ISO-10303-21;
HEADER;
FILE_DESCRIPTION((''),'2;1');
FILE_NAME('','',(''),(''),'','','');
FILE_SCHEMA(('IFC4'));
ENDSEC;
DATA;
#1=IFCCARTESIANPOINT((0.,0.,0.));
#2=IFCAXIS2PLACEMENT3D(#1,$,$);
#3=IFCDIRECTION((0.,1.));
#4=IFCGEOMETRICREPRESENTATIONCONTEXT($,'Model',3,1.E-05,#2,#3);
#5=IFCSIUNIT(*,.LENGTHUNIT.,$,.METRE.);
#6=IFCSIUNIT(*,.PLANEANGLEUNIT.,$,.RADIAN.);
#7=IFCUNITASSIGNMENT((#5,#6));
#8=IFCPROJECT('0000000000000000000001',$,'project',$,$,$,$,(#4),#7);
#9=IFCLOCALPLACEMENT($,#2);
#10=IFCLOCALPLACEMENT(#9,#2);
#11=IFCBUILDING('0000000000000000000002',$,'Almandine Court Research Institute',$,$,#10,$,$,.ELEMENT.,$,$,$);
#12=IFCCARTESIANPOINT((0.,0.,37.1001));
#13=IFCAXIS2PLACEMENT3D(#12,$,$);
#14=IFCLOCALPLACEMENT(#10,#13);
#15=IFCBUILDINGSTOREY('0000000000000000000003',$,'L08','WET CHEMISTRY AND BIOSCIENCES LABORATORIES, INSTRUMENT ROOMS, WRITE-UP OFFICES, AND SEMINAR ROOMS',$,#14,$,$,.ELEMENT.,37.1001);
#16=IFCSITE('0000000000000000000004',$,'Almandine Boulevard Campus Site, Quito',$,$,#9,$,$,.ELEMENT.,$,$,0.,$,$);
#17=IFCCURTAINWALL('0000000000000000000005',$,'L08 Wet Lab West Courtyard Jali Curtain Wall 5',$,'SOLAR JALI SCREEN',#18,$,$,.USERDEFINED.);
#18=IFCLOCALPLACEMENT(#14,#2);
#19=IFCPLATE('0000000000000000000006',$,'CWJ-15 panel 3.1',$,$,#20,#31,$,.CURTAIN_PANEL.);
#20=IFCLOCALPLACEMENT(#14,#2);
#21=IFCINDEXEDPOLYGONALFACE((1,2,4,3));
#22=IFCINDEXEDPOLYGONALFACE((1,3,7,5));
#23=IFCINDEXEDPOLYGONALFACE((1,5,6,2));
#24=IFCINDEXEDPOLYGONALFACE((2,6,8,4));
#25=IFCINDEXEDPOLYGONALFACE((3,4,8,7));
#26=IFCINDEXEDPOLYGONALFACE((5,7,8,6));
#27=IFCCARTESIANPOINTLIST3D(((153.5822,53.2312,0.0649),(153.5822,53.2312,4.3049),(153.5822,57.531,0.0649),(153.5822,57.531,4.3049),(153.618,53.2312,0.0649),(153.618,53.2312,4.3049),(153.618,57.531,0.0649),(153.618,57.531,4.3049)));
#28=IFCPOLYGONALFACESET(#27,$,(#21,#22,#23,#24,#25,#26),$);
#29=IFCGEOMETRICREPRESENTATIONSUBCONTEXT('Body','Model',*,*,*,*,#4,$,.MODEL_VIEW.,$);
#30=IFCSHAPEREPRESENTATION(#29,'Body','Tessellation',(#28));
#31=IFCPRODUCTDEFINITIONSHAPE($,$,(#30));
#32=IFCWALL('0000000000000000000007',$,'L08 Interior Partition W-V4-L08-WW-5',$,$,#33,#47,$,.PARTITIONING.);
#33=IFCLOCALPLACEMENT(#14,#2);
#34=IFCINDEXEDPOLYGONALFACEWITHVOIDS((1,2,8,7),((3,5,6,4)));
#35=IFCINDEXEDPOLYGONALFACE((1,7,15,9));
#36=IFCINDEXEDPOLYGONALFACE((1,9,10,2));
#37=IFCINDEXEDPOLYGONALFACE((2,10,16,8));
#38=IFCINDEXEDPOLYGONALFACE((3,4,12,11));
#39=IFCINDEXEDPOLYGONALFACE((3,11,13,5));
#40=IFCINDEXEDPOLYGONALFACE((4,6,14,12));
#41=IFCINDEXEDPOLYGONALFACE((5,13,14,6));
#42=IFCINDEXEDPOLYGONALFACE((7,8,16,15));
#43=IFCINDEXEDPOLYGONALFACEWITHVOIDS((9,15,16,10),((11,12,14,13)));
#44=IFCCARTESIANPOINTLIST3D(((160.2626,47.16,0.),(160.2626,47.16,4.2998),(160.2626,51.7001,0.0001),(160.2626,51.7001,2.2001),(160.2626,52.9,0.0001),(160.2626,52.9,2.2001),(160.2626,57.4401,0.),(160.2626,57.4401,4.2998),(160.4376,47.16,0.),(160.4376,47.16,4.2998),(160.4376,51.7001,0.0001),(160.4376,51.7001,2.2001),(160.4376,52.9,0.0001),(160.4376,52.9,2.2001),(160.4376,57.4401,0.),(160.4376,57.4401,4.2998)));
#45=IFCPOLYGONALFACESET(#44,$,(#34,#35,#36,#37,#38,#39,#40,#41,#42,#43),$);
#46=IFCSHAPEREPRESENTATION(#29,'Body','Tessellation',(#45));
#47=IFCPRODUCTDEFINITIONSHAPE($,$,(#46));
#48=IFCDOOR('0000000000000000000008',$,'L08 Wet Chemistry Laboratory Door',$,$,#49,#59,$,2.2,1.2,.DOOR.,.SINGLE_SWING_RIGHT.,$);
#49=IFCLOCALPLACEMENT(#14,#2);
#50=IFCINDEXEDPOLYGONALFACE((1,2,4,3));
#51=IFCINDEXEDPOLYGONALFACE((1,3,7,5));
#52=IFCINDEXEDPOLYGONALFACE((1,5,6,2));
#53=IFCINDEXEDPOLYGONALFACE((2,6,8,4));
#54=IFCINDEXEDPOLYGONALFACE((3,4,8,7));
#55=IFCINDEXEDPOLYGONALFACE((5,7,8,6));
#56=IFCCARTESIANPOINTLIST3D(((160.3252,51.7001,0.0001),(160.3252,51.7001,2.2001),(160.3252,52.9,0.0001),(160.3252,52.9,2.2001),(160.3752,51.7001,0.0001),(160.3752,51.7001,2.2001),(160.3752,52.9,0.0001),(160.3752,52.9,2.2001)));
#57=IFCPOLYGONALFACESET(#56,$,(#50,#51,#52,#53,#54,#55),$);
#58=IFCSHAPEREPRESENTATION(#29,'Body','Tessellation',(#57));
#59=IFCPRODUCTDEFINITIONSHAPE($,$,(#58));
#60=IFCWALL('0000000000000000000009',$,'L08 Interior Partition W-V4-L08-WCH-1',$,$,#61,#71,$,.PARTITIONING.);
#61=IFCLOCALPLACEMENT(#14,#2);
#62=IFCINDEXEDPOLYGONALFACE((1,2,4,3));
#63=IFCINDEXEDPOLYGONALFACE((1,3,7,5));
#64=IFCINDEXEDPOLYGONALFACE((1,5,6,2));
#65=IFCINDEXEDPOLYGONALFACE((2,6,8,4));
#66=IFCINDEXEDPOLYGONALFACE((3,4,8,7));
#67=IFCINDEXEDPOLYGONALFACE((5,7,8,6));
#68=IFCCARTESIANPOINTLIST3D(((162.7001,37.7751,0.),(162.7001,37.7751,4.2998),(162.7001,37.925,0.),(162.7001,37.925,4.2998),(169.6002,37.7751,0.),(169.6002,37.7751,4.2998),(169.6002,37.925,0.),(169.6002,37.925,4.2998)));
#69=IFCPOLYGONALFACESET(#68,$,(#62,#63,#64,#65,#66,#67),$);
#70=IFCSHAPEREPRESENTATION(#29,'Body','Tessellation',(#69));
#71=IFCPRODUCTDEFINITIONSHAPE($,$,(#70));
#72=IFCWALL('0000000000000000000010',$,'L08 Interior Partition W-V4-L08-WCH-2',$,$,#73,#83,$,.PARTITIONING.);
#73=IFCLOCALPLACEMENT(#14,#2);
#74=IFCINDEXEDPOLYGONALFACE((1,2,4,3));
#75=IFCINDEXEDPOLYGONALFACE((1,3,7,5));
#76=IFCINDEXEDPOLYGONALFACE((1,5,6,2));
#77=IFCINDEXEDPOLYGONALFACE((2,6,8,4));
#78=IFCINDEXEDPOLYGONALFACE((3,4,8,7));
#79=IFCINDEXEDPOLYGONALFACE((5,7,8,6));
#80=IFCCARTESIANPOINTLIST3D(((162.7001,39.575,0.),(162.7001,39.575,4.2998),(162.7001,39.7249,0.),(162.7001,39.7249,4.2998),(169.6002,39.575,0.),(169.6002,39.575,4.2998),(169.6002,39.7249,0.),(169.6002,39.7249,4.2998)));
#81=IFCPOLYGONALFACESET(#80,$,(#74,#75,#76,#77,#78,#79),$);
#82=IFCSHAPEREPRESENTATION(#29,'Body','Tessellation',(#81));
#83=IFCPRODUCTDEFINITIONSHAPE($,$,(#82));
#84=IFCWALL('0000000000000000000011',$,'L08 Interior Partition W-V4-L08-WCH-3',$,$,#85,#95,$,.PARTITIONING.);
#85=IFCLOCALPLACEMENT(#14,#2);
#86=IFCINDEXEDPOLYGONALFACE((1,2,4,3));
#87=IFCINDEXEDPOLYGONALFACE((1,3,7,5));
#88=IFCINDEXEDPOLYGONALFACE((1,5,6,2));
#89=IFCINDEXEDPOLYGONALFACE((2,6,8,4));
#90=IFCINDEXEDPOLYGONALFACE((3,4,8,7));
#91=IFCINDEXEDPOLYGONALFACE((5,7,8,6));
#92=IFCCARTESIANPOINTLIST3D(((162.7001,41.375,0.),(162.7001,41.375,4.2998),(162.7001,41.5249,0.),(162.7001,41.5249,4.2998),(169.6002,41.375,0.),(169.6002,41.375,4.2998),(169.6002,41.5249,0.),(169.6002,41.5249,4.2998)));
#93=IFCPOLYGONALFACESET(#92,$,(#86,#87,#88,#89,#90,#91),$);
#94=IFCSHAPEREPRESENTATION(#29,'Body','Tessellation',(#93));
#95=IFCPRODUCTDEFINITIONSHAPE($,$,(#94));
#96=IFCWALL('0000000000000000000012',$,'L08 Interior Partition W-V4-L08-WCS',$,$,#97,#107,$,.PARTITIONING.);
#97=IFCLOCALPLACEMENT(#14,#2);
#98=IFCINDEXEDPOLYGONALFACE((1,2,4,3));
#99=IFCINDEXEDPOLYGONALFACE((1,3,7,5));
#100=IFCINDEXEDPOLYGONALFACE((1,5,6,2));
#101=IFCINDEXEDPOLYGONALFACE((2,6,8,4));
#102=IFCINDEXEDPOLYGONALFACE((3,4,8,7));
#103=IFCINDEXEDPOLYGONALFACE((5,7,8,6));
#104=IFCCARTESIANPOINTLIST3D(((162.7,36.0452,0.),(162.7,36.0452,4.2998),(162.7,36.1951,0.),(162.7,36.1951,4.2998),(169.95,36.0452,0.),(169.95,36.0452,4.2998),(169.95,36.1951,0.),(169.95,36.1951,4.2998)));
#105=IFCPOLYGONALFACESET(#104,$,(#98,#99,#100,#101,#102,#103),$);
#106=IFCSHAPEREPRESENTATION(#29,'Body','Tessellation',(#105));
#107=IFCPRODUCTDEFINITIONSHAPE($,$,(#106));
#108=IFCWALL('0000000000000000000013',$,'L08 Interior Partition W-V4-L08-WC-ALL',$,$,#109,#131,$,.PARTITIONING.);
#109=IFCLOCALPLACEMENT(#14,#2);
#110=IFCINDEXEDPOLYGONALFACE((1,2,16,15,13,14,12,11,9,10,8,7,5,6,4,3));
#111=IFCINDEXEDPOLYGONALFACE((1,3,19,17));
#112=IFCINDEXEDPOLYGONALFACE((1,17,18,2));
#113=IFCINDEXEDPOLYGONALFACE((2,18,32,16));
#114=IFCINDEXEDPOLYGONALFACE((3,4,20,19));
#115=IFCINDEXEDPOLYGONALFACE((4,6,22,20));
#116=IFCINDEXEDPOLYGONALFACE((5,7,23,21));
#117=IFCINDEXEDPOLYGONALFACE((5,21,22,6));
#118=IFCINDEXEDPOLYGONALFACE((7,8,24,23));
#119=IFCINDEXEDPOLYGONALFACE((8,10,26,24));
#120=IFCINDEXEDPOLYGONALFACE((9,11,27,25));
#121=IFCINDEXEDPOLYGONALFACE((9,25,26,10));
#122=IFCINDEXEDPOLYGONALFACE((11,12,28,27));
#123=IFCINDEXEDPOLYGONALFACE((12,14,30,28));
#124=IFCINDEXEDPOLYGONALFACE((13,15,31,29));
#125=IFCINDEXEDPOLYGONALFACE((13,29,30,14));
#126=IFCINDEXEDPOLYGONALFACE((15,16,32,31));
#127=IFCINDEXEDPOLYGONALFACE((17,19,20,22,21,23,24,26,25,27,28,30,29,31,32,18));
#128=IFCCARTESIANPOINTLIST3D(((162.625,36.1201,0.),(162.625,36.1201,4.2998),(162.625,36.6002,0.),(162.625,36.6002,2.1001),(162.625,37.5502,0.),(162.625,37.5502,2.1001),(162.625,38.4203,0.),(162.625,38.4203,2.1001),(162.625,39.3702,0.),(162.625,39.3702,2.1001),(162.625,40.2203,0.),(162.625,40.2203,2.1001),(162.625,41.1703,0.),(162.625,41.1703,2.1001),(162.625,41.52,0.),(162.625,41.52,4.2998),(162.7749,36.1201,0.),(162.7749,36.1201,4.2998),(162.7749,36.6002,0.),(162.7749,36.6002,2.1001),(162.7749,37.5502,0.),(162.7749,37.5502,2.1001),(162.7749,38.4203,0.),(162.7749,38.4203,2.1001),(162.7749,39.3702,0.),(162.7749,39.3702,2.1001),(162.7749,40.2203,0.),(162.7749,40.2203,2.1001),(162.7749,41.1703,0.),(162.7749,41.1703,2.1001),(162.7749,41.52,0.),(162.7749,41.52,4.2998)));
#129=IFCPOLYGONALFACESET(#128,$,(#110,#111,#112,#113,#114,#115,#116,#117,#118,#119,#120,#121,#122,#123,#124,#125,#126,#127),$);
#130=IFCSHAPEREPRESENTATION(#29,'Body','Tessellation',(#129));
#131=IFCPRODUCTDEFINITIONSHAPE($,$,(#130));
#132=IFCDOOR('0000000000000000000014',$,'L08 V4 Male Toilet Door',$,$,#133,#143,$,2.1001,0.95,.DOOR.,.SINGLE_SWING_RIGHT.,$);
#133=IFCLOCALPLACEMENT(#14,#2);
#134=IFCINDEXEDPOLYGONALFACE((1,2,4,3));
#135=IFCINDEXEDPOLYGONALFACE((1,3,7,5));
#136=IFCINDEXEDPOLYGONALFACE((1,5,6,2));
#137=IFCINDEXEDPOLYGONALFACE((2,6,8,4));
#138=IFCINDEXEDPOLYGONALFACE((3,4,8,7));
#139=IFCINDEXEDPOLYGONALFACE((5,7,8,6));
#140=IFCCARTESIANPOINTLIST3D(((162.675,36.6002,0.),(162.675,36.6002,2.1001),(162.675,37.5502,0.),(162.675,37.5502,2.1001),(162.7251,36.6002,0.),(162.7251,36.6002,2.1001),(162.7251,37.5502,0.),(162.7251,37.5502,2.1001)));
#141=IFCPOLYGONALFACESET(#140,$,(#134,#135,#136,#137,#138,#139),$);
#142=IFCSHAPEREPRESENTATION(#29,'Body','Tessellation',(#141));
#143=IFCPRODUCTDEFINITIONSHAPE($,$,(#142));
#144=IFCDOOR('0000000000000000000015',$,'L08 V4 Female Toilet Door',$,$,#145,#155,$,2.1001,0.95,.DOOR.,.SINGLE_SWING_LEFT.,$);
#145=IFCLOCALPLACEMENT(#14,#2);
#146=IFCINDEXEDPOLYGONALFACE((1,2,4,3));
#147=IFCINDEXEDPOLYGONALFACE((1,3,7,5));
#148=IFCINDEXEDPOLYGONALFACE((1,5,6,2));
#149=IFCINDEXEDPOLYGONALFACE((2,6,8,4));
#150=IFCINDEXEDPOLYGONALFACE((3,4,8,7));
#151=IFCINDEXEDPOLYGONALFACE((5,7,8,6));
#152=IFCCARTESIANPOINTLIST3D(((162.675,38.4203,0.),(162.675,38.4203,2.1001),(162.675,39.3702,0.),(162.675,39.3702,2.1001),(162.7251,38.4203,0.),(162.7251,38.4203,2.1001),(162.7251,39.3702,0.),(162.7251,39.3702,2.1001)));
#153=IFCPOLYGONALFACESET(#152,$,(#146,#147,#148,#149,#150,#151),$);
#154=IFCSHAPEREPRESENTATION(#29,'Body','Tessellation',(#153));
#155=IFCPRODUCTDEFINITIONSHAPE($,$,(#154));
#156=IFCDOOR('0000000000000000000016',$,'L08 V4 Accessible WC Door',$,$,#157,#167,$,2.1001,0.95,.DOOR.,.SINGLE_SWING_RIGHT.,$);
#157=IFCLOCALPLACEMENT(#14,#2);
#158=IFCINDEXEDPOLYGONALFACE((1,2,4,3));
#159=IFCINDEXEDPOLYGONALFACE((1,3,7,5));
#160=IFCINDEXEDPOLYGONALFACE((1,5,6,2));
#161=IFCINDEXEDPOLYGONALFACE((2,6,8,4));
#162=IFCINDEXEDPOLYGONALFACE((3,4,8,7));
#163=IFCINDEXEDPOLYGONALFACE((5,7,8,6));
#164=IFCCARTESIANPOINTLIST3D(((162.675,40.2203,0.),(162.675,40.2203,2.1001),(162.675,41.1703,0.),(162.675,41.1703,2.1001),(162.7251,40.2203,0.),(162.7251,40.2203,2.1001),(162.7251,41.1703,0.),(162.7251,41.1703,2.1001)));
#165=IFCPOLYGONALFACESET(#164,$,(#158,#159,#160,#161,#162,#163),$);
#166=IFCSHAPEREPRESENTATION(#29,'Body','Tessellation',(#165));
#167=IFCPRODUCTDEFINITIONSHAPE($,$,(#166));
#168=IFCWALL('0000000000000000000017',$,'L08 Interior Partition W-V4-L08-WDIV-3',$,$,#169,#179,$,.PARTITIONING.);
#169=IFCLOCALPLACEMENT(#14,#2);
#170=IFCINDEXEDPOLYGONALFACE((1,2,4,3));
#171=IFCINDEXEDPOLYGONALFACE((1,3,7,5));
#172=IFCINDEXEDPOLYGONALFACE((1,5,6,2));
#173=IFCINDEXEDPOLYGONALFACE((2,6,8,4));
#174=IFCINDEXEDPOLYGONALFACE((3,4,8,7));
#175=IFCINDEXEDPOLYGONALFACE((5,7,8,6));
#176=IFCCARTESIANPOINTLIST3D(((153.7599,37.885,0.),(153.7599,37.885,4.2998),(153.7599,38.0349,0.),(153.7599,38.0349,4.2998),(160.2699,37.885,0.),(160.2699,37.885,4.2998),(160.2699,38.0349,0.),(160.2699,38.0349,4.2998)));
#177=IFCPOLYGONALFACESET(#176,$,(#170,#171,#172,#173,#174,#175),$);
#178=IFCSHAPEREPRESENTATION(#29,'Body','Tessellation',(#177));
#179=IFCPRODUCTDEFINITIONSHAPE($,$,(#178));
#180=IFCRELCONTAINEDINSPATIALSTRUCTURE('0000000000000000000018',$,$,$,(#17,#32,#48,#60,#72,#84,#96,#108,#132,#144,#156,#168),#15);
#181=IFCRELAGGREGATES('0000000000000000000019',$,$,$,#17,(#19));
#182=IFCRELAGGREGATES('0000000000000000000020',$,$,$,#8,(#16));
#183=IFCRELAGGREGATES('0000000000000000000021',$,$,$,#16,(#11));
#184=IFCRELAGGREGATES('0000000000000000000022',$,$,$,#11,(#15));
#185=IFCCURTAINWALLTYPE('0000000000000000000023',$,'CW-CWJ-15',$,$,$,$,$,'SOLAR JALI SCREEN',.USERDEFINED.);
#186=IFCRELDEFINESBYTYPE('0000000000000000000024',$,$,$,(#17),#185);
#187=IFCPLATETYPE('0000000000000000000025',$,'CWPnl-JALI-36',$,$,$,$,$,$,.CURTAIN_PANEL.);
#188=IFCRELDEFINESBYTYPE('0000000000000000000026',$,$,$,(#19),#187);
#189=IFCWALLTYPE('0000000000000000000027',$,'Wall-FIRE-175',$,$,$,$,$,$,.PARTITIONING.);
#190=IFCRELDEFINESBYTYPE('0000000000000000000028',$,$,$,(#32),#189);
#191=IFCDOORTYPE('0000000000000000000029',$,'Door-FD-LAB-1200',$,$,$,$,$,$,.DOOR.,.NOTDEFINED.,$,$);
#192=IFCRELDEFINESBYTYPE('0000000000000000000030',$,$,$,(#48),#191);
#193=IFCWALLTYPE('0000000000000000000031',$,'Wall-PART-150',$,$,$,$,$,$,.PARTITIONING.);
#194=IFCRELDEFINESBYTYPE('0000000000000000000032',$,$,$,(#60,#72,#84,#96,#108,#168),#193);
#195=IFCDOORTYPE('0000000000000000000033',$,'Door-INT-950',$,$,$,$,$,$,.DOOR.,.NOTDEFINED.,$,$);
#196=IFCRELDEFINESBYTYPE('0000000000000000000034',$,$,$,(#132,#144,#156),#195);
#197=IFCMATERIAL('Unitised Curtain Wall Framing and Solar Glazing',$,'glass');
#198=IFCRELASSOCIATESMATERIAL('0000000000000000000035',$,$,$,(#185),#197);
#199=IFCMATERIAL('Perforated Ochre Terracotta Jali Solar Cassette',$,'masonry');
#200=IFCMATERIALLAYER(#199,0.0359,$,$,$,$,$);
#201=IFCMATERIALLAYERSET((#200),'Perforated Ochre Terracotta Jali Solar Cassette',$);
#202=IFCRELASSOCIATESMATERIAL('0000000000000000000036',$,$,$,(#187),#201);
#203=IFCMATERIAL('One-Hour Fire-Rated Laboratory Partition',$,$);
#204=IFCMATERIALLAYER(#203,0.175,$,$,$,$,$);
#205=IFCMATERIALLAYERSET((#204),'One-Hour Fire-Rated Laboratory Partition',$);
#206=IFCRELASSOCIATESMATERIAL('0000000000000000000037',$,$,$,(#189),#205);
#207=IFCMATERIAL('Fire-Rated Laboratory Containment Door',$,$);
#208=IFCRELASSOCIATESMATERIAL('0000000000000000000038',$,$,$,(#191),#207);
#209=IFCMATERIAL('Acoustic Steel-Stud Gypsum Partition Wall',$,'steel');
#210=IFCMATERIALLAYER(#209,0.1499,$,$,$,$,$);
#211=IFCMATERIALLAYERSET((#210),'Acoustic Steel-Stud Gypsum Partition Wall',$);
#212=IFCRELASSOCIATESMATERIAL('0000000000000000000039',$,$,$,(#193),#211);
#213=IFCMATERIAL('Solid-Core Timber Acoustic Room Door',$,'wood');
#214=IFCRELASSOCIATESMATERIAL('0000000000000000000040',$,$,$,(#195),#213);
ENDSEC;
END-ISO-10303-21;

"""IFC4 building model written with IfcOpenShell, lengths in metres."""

from ifc_helpers import new_model, si_unit, direction, frame, frame_2d, origin, origin_2d, place, context, subcontext, project, spatial, rectangle, extrude, material, layer, layer_set, type_object, element, fill, aggregate, save


model = new_model("IFC4")

# Units and contexts
model_context = context("Model", 3, precision=1e-05, world=origin(), true_north=direction((0.0, 1.0)))
body_context = subcontext(model_context, "Body", "Model", "MODEL_VIEW")
ifc_project = project(units=[si_unit("LENGTHUNIT", "METRE"), si_unit("PLANEANGLEUNIT", "RADIAN")], contexts=[model_context])

# Site, building, storey
site_placement = place(None, origin())
site = spatial("IfcSite", under=ifc_project, at=site_placement, Name="Almandine Boulevard Campus Site, Quito", CompositionType="ELEMENT", RefElevation=0.0)
building_placement = place(site_placement, origin())
building = spatial("IfcBuilding", under=site, at=building_placement, Name="Almandine Court Research Institute", CompositionType="ELEMENT")
storey_placement = place(building_placement, frame((0.0, 0.0, 37.1001)))
storey = spatial("IfcBuildingStorey", under=building, at=storey_placement, Name="L08", Description="WET CHEMISTRY AND BIOSCIENCES LABORATORIES, INSTRUMENT ROOMS, WRITE-UP OFFICES, AND SEMINAR ROOMS", CompositionType="ELEMENT", Elevation=37.1001)

# Curtain wall, plate
ifc_material_1 = material(Name="Unitised Curtain Wall Framing and Solar Glazing", Category="glass")
curtain_wall_type = type_object("IfcCurtainWallType", Name="CW-CWJ-15", ElementType="SOLAR JALI SCREEN", PredefinedType="USERDEFINED", material=ifc_material_1)
curtain_wall_placement = place(storey_placement, origin())
curtain_wall = element("IfcCurtainWall", 1, at=curtain_wall_placement, inside=storey, type_object=curtain_wall_type, Name="L08 Wet Lab West Courtyard Jali Curtain Wall 5", ObjectType="SOLAR JALI SCREEN", PredefinedType="USERDEFINED")
ifc_material_2 = material(Name="Perforated Ochre Terracotta Jali Solar Cassette", Category="masonry")
ifc_layer_1 = layer(ifc_material_2, 0.0359)
ifc_layer_set_1 = layer_set([ifc_layer_1], Name="Perforated Ochre Terracotta Jali Solar Cassette")
plate_type = type_object("IfcPlateType", Name="CWPnl-JALI-36", PredefinedType="CURTAIN_PANEL", material=ifc_layer_set_1)
plate_1_placement = place(storey_placement, frame((153.6001, 55.3811, 0.0649), z_axis=(0.0, 0.0, 1.0), x_axis=(0.0, 1.0, 0.0)))
plate_1 = element("IfcPlate", 2, at=plate_1_placement, type_object=plate_type, Name="CWJ-15 panel 3.1", PredefinedType="CURTAIN_PANEL", context=body_context, shape_type="SweptSolid", body=[
    extrude(rectangle(XDim=4.2998, YDim=0.0359, at=origin_2d()), origin(), (0.0, 0.0, 1.0), 4.24),
])
aggregate(curtain_wall, [plate_1])

# Wall, opening, door
ifc_material_3 = material(Name="One-Hour Fire-Rated Laboratory Partition")
ifc_layer_2 = layer(ifc_material_3, 0.175)
ifc_layer_set_2 = layer_set([ifc_layer_2], Name="One-Hour Fire-Rated Laboratory Partition")
wall_type_1 = type_object("IfcWallType", Name="Wall-FIRE-175", PredefinedType="PARTITIONING", material=ifc_layer_set_2)
wall_1_placement = place(storey_placement, frame((160.3501, 47.1599, 0.0), z_axis=(0.0, 0.0, 1.0), x_axis=(0.0, 1.0, 0.0)))
wall_1 = element("IfcWall", 3, at=wall_1_placement, inside=storey, type_object=wall_type_1, Name="L08 Interior Partition W-V4-L08-WW-5", PredefinedType="PARTITIONING", context=body_context, shape_type="SweptSolid", body=[
    extrude(rectangle(XDim=10.28, YDim=0.175, at=frame_2d((5.1401, 0.0))), origin(), (0.0, 0.0, 1.0), 4.2998),
])
opening_1_placement = place(wall_1_placement, frame((4.54, 0.0, 0.0)))
opening_1 = element("IfcOpeningElement", 4, at=opening_1_placement, cuts=wall_1, PredefinedType="OPENING", context=body_context, shape_type="SweptSolid", body=[
    extrude(rectangle(XDim=1.2, YDim=2.2, at=frame_2d((0.6001, 1.1001))), frame((0.0, 0.0974, 0.0), z_axis=(0.0, -1.0, 0.0), x_axis=(1.0, 0.0, 0.0)), (0.0, 0.0, 1.0), 0.1951),
])
ifc_material_4 = material(Name="Fire-Rated Laboratory Containment Door")
door_type_1 = type_object("IfcDoorType", Name="Door-FD-LAB-1200", OperationType="NOTDEFINED", PredefinedType="DOOR", material=ifc_material_4)
door_1_placement = place(opening_1_placement, origin())
door_1 = element("IfcDoor", 5, at=door_1_placement, inside=storey, type_object=door_type_1, Name="L08 Wet Chemistry Laboratory Door", OperationType="SINGLE_SWING_RIGHT", OverallHeight=2.2, OverallWidth=1.2, PredefinedType="DOOR", context=body_context, shape_type="SweptSolid", body=[
    extrude(rectangle(XDim=1.2, YDim=2.2, at=frame_2d((0.6001, 1.1001))), frame((0.0, 0.0249, 0.0), z_axis=(0.0, -1.0, 0.0), x_axis=(1.0, 0.0, 0.0)), (0.0, 0.0, 1.0), 0.05),
])
fill(opening_1, door_1)

# Walls
ifc_material_5 = material(Name="Acoustic Steel-Stud Gypsum Partition Wall", Category="steel")
ifc_layer_3 = layer(ifc_material_5, 0.1499)
ifc_layer_set_3 = layer_set([ifc_layer_3], Name="Acoustic Steel-Stud Gypsum Partition Wall")
wall_type_2 = type_object("IfcWallType", Name="Wall-PART-150", PredefinedType="PARTITIONING", material=ifc_layer_set_3)
for number, where, z_axis, x_axis, name in (
    (6, (162.7, 37.8501, 0.0), (0.0, 0.0, 1.0), (1.0, 0.0, 0.0), "L08 Interior Partition W-V4-L08-WCH-1"),
    (7, (162.7, 39.6499, 0.0), (0.0, 0.0, 1.0), (1.0, 0.0, 0.0), "L08 Interior Partition W-V4-L08-WCH-2"),
    (8, (162.7, 41.45, 0.0), (0.0, 0.0, 1.0), (1.0, 0.0, 0.0), "L08 Interior Partition W-V4-L08-WCH-3"),
):
    element("IfcWall", number, at=place(storey_placement, frame(where, z_axis=z_axis, x_axis=x_axis)), inside=storey, type_object=wall_type_2, Name=name, PredefinedType="PARTITIONING", context=body_context, shape_type="SweptSolid", body=[
        extrude(rectangle(XDim=6.9001, YDim=0.1499, at=frame_2d((3.4502, 0.0))), origin(), (0.0, 0.0, 1.0), 4.2998),
    ])
wall_2_placement = place(storey_placement, frame((162.7, 36.1201, 0.0), z_axis=(0.0, 0.0, 1.0), x_axis=(1.0, 0.0, 0.0)))
element("IfcWall", 9, at=wall_2_placement, inside=storey, type_object=wall_type_2, Name="L08 Interior Partition W-V4-L08-WCS", PredefinedType="PARTITIONING", context=body_context, shape_type="SweptSolid", body=[
    extrude(rectangle(XDim=7.25, YDim=0.1499, at=frame_2d((3.625, 0.0))), origin(), (0.0, 0.0, 1.0), 4.2998),
])

# Wall, openings, doors
wall_3_placement = place(storey_placement, frame((162.7, 36.1201, 0.0), z_axis=(0.0, 0.0, 1.0), x_axis=(0.0, 1.0, 0.0)))
wall_3 = element("IfcWall", 10, at=wall_3_placement, inside=storey, type_object=wall_type_2, Name="L08 Interior Partition W-V4-L08-WC-ALL", PredefinedType="PARTITIONING", context=body_context, shape_type="SweptSolid", body=[
    extrude(rectangle(XDim=5.3999, YDim=0.1499, at=frame_2d((2.7, 0.0))), origin(), (0.0, 0.0, 1.0), 4.2998),
])
opening_2_placement = place(wall_3_placement, frame((0.48, 0.0, 0.0)))
opening_2 = element("IfcOpeningElement", 11, at=opening_2_placement, cuts=wall_3, PredefinedType="OPENING", context=body_context, shape_type="SweptSolid", body=[
    extrude(rectangle(XDim=0.95, YDim=2.1001, at=frame_2d((0.4751, 1.05))), frame((0.0, 0.085, 0.0), z_axis=(0.0, -1.0, 0.0), x_axis=(1.0, 0.0, 0.0)), (0.0, 0.0, 1.0), 0.1699),
])
opening_3_placement = place(wall_3_placement, frame((2.3, 0.0, 0.0)))
opening_3 = element("IfcOpeningElement", 12, at=opening_3_placement, cuts=wall_3, PredefinedType="OPENING", context=body_context, shape_type="SweptSolid", body=[
    extrude(rectangle(XDim=0.95, YDim=2.1001, at=frame_2d((0.4751, 1.05))), frame((0.0, 0.085, 0.0), z_axis=(0.0, -1.0, 0.0), x_axis=(1.0, 0.0, 0.0)), (0.0, 0.0, 1.0), 0.1699),
])
opening_4_placement = place(wall_3_placement, frame((4.1001, 0.0, 0.0)))
opening_4 = element("IfcOpeningElement", 13, at=opening_4_placement, cuts=wall_3, PredefinedType="OPENING", context=body_context, shape_type="SweptSolid", body=[
    extrude(rectangle(XDim=0.95, YDim=2.1001, at=frame_2d((0.4751, 1.05))), frame((0.0, 0.085, 0.0), z_axis=(0.0, -1.0, 0.0), x_axis=(1.0, 0.0, 0.0)), (0.0, 0.0, 1.0), 0.1699),
])
ifc_material_6 = material(Name="Solid-Core Timber Acoustic Room Door", Category="wood")
door_type_2 = type_object("IfcDoorType", Name="Door-INT-950", OperationType="NOTDEFINED", PredefinedType="DOOR", material=ifc_material_6)
door_2_placement = place(opening_2_placement, origin())
door_2 = element("IfcDoor", 14, at=door_2_placement, inside=storey, type_object=door_type_2, Name="L08 V4 Male Toilet Door", OperationType="SINGLE_SWING_RIGHT", OverallHeight=2.1001, OverallWidth=0.95, PredefinedType="DOOR", context=body_context, shape_type="SweptSolid", body=[
    extrude(rectangle(XDim=0.95, YDim=2.1001, at=frame_2d((0.4751, 1.05))), frame((0.0, 0.0249, 0.0), z_axis=(0.0, -1.0, 0.0), x_axis=(1.0, 0.0, 0.0)), (0.0, 0.0, 1.0), 0.05),
])
fill(opening_2, door_2)
door_3_placement = place(opening_3_placement, origin())
door_3 = element("IfcDoor", 15, at=door_3_placement, inside=storey, type_object=door_type_2, Name="L08 V4 Female Toilet Door", OperationType="SINGLE_SWING_LEFT", OverallHeight=2.1001, OverallWidth=0.95, PredefinedType="DOOR", context=body_context, shape_type="SweptSolid", body=[
    extrude(rectangle(XDim=0.95, YDim=2.1001, at=frame_2d((0.4751, 1.05))), frame((0.0, 0.0249, 0.0), z_axis=(0.0, -1.0, 0.0), x_axis=(1.0, 0.0, 0.0)), (0.0, 0.0, 1.0), 0.05),
])
fill(opening_3, door_3)
door_4_placement = place(opening_4_placement, origin())
door_4 = element("IfcDoor", 16, at=door_4_placement, inside=storey, type_object=door_type_2, Name="L08 V4 Accessible WC Door", OperationType="SINGLE_SWING_RIGHT", OverallHeight=2.1001, OverallWidth=0.95, PredefinedType="DOOR", context=body_context, shape_type="SweptSolid", body=[
    extrude(rectangle(XDim=0.95, YDim=2.1001, at=frame_2d((0.4751, 1.05))), frame((0.0, 0.0249, 0.0), z_axis=(0.0, -1.0, 0.0), x_axis=(1.0, 0.0, 0.0)), (0.0, 0.0, 1.0), 0.05),
])
fill(opening_4, door_4)

# Wall
wall_4_placement = place(storey_placement, frame((153.76, 37.96, 0.0), z_axis=(0.0, 0.0, 1.0), x_axis=(1.0, 0.0, 0.0)))
element("IfcWall", 17, at=wall_4_placement, inside=storey, type_object=wall_type_2, Name="L08 Interior Partition W-V4-L08-WDIV-3", PredefinedType="PARTITIONING", context=body_context, shape_type="SweptSolid", body=[
    extrude(rectangle(XDim=6.51, YDim=0.1499, at=frame_2d((3.2549, 0.0))), origin(), (0.0, 0.0, 1.0), 4.2998),
])

save(model, "model.ifc")
